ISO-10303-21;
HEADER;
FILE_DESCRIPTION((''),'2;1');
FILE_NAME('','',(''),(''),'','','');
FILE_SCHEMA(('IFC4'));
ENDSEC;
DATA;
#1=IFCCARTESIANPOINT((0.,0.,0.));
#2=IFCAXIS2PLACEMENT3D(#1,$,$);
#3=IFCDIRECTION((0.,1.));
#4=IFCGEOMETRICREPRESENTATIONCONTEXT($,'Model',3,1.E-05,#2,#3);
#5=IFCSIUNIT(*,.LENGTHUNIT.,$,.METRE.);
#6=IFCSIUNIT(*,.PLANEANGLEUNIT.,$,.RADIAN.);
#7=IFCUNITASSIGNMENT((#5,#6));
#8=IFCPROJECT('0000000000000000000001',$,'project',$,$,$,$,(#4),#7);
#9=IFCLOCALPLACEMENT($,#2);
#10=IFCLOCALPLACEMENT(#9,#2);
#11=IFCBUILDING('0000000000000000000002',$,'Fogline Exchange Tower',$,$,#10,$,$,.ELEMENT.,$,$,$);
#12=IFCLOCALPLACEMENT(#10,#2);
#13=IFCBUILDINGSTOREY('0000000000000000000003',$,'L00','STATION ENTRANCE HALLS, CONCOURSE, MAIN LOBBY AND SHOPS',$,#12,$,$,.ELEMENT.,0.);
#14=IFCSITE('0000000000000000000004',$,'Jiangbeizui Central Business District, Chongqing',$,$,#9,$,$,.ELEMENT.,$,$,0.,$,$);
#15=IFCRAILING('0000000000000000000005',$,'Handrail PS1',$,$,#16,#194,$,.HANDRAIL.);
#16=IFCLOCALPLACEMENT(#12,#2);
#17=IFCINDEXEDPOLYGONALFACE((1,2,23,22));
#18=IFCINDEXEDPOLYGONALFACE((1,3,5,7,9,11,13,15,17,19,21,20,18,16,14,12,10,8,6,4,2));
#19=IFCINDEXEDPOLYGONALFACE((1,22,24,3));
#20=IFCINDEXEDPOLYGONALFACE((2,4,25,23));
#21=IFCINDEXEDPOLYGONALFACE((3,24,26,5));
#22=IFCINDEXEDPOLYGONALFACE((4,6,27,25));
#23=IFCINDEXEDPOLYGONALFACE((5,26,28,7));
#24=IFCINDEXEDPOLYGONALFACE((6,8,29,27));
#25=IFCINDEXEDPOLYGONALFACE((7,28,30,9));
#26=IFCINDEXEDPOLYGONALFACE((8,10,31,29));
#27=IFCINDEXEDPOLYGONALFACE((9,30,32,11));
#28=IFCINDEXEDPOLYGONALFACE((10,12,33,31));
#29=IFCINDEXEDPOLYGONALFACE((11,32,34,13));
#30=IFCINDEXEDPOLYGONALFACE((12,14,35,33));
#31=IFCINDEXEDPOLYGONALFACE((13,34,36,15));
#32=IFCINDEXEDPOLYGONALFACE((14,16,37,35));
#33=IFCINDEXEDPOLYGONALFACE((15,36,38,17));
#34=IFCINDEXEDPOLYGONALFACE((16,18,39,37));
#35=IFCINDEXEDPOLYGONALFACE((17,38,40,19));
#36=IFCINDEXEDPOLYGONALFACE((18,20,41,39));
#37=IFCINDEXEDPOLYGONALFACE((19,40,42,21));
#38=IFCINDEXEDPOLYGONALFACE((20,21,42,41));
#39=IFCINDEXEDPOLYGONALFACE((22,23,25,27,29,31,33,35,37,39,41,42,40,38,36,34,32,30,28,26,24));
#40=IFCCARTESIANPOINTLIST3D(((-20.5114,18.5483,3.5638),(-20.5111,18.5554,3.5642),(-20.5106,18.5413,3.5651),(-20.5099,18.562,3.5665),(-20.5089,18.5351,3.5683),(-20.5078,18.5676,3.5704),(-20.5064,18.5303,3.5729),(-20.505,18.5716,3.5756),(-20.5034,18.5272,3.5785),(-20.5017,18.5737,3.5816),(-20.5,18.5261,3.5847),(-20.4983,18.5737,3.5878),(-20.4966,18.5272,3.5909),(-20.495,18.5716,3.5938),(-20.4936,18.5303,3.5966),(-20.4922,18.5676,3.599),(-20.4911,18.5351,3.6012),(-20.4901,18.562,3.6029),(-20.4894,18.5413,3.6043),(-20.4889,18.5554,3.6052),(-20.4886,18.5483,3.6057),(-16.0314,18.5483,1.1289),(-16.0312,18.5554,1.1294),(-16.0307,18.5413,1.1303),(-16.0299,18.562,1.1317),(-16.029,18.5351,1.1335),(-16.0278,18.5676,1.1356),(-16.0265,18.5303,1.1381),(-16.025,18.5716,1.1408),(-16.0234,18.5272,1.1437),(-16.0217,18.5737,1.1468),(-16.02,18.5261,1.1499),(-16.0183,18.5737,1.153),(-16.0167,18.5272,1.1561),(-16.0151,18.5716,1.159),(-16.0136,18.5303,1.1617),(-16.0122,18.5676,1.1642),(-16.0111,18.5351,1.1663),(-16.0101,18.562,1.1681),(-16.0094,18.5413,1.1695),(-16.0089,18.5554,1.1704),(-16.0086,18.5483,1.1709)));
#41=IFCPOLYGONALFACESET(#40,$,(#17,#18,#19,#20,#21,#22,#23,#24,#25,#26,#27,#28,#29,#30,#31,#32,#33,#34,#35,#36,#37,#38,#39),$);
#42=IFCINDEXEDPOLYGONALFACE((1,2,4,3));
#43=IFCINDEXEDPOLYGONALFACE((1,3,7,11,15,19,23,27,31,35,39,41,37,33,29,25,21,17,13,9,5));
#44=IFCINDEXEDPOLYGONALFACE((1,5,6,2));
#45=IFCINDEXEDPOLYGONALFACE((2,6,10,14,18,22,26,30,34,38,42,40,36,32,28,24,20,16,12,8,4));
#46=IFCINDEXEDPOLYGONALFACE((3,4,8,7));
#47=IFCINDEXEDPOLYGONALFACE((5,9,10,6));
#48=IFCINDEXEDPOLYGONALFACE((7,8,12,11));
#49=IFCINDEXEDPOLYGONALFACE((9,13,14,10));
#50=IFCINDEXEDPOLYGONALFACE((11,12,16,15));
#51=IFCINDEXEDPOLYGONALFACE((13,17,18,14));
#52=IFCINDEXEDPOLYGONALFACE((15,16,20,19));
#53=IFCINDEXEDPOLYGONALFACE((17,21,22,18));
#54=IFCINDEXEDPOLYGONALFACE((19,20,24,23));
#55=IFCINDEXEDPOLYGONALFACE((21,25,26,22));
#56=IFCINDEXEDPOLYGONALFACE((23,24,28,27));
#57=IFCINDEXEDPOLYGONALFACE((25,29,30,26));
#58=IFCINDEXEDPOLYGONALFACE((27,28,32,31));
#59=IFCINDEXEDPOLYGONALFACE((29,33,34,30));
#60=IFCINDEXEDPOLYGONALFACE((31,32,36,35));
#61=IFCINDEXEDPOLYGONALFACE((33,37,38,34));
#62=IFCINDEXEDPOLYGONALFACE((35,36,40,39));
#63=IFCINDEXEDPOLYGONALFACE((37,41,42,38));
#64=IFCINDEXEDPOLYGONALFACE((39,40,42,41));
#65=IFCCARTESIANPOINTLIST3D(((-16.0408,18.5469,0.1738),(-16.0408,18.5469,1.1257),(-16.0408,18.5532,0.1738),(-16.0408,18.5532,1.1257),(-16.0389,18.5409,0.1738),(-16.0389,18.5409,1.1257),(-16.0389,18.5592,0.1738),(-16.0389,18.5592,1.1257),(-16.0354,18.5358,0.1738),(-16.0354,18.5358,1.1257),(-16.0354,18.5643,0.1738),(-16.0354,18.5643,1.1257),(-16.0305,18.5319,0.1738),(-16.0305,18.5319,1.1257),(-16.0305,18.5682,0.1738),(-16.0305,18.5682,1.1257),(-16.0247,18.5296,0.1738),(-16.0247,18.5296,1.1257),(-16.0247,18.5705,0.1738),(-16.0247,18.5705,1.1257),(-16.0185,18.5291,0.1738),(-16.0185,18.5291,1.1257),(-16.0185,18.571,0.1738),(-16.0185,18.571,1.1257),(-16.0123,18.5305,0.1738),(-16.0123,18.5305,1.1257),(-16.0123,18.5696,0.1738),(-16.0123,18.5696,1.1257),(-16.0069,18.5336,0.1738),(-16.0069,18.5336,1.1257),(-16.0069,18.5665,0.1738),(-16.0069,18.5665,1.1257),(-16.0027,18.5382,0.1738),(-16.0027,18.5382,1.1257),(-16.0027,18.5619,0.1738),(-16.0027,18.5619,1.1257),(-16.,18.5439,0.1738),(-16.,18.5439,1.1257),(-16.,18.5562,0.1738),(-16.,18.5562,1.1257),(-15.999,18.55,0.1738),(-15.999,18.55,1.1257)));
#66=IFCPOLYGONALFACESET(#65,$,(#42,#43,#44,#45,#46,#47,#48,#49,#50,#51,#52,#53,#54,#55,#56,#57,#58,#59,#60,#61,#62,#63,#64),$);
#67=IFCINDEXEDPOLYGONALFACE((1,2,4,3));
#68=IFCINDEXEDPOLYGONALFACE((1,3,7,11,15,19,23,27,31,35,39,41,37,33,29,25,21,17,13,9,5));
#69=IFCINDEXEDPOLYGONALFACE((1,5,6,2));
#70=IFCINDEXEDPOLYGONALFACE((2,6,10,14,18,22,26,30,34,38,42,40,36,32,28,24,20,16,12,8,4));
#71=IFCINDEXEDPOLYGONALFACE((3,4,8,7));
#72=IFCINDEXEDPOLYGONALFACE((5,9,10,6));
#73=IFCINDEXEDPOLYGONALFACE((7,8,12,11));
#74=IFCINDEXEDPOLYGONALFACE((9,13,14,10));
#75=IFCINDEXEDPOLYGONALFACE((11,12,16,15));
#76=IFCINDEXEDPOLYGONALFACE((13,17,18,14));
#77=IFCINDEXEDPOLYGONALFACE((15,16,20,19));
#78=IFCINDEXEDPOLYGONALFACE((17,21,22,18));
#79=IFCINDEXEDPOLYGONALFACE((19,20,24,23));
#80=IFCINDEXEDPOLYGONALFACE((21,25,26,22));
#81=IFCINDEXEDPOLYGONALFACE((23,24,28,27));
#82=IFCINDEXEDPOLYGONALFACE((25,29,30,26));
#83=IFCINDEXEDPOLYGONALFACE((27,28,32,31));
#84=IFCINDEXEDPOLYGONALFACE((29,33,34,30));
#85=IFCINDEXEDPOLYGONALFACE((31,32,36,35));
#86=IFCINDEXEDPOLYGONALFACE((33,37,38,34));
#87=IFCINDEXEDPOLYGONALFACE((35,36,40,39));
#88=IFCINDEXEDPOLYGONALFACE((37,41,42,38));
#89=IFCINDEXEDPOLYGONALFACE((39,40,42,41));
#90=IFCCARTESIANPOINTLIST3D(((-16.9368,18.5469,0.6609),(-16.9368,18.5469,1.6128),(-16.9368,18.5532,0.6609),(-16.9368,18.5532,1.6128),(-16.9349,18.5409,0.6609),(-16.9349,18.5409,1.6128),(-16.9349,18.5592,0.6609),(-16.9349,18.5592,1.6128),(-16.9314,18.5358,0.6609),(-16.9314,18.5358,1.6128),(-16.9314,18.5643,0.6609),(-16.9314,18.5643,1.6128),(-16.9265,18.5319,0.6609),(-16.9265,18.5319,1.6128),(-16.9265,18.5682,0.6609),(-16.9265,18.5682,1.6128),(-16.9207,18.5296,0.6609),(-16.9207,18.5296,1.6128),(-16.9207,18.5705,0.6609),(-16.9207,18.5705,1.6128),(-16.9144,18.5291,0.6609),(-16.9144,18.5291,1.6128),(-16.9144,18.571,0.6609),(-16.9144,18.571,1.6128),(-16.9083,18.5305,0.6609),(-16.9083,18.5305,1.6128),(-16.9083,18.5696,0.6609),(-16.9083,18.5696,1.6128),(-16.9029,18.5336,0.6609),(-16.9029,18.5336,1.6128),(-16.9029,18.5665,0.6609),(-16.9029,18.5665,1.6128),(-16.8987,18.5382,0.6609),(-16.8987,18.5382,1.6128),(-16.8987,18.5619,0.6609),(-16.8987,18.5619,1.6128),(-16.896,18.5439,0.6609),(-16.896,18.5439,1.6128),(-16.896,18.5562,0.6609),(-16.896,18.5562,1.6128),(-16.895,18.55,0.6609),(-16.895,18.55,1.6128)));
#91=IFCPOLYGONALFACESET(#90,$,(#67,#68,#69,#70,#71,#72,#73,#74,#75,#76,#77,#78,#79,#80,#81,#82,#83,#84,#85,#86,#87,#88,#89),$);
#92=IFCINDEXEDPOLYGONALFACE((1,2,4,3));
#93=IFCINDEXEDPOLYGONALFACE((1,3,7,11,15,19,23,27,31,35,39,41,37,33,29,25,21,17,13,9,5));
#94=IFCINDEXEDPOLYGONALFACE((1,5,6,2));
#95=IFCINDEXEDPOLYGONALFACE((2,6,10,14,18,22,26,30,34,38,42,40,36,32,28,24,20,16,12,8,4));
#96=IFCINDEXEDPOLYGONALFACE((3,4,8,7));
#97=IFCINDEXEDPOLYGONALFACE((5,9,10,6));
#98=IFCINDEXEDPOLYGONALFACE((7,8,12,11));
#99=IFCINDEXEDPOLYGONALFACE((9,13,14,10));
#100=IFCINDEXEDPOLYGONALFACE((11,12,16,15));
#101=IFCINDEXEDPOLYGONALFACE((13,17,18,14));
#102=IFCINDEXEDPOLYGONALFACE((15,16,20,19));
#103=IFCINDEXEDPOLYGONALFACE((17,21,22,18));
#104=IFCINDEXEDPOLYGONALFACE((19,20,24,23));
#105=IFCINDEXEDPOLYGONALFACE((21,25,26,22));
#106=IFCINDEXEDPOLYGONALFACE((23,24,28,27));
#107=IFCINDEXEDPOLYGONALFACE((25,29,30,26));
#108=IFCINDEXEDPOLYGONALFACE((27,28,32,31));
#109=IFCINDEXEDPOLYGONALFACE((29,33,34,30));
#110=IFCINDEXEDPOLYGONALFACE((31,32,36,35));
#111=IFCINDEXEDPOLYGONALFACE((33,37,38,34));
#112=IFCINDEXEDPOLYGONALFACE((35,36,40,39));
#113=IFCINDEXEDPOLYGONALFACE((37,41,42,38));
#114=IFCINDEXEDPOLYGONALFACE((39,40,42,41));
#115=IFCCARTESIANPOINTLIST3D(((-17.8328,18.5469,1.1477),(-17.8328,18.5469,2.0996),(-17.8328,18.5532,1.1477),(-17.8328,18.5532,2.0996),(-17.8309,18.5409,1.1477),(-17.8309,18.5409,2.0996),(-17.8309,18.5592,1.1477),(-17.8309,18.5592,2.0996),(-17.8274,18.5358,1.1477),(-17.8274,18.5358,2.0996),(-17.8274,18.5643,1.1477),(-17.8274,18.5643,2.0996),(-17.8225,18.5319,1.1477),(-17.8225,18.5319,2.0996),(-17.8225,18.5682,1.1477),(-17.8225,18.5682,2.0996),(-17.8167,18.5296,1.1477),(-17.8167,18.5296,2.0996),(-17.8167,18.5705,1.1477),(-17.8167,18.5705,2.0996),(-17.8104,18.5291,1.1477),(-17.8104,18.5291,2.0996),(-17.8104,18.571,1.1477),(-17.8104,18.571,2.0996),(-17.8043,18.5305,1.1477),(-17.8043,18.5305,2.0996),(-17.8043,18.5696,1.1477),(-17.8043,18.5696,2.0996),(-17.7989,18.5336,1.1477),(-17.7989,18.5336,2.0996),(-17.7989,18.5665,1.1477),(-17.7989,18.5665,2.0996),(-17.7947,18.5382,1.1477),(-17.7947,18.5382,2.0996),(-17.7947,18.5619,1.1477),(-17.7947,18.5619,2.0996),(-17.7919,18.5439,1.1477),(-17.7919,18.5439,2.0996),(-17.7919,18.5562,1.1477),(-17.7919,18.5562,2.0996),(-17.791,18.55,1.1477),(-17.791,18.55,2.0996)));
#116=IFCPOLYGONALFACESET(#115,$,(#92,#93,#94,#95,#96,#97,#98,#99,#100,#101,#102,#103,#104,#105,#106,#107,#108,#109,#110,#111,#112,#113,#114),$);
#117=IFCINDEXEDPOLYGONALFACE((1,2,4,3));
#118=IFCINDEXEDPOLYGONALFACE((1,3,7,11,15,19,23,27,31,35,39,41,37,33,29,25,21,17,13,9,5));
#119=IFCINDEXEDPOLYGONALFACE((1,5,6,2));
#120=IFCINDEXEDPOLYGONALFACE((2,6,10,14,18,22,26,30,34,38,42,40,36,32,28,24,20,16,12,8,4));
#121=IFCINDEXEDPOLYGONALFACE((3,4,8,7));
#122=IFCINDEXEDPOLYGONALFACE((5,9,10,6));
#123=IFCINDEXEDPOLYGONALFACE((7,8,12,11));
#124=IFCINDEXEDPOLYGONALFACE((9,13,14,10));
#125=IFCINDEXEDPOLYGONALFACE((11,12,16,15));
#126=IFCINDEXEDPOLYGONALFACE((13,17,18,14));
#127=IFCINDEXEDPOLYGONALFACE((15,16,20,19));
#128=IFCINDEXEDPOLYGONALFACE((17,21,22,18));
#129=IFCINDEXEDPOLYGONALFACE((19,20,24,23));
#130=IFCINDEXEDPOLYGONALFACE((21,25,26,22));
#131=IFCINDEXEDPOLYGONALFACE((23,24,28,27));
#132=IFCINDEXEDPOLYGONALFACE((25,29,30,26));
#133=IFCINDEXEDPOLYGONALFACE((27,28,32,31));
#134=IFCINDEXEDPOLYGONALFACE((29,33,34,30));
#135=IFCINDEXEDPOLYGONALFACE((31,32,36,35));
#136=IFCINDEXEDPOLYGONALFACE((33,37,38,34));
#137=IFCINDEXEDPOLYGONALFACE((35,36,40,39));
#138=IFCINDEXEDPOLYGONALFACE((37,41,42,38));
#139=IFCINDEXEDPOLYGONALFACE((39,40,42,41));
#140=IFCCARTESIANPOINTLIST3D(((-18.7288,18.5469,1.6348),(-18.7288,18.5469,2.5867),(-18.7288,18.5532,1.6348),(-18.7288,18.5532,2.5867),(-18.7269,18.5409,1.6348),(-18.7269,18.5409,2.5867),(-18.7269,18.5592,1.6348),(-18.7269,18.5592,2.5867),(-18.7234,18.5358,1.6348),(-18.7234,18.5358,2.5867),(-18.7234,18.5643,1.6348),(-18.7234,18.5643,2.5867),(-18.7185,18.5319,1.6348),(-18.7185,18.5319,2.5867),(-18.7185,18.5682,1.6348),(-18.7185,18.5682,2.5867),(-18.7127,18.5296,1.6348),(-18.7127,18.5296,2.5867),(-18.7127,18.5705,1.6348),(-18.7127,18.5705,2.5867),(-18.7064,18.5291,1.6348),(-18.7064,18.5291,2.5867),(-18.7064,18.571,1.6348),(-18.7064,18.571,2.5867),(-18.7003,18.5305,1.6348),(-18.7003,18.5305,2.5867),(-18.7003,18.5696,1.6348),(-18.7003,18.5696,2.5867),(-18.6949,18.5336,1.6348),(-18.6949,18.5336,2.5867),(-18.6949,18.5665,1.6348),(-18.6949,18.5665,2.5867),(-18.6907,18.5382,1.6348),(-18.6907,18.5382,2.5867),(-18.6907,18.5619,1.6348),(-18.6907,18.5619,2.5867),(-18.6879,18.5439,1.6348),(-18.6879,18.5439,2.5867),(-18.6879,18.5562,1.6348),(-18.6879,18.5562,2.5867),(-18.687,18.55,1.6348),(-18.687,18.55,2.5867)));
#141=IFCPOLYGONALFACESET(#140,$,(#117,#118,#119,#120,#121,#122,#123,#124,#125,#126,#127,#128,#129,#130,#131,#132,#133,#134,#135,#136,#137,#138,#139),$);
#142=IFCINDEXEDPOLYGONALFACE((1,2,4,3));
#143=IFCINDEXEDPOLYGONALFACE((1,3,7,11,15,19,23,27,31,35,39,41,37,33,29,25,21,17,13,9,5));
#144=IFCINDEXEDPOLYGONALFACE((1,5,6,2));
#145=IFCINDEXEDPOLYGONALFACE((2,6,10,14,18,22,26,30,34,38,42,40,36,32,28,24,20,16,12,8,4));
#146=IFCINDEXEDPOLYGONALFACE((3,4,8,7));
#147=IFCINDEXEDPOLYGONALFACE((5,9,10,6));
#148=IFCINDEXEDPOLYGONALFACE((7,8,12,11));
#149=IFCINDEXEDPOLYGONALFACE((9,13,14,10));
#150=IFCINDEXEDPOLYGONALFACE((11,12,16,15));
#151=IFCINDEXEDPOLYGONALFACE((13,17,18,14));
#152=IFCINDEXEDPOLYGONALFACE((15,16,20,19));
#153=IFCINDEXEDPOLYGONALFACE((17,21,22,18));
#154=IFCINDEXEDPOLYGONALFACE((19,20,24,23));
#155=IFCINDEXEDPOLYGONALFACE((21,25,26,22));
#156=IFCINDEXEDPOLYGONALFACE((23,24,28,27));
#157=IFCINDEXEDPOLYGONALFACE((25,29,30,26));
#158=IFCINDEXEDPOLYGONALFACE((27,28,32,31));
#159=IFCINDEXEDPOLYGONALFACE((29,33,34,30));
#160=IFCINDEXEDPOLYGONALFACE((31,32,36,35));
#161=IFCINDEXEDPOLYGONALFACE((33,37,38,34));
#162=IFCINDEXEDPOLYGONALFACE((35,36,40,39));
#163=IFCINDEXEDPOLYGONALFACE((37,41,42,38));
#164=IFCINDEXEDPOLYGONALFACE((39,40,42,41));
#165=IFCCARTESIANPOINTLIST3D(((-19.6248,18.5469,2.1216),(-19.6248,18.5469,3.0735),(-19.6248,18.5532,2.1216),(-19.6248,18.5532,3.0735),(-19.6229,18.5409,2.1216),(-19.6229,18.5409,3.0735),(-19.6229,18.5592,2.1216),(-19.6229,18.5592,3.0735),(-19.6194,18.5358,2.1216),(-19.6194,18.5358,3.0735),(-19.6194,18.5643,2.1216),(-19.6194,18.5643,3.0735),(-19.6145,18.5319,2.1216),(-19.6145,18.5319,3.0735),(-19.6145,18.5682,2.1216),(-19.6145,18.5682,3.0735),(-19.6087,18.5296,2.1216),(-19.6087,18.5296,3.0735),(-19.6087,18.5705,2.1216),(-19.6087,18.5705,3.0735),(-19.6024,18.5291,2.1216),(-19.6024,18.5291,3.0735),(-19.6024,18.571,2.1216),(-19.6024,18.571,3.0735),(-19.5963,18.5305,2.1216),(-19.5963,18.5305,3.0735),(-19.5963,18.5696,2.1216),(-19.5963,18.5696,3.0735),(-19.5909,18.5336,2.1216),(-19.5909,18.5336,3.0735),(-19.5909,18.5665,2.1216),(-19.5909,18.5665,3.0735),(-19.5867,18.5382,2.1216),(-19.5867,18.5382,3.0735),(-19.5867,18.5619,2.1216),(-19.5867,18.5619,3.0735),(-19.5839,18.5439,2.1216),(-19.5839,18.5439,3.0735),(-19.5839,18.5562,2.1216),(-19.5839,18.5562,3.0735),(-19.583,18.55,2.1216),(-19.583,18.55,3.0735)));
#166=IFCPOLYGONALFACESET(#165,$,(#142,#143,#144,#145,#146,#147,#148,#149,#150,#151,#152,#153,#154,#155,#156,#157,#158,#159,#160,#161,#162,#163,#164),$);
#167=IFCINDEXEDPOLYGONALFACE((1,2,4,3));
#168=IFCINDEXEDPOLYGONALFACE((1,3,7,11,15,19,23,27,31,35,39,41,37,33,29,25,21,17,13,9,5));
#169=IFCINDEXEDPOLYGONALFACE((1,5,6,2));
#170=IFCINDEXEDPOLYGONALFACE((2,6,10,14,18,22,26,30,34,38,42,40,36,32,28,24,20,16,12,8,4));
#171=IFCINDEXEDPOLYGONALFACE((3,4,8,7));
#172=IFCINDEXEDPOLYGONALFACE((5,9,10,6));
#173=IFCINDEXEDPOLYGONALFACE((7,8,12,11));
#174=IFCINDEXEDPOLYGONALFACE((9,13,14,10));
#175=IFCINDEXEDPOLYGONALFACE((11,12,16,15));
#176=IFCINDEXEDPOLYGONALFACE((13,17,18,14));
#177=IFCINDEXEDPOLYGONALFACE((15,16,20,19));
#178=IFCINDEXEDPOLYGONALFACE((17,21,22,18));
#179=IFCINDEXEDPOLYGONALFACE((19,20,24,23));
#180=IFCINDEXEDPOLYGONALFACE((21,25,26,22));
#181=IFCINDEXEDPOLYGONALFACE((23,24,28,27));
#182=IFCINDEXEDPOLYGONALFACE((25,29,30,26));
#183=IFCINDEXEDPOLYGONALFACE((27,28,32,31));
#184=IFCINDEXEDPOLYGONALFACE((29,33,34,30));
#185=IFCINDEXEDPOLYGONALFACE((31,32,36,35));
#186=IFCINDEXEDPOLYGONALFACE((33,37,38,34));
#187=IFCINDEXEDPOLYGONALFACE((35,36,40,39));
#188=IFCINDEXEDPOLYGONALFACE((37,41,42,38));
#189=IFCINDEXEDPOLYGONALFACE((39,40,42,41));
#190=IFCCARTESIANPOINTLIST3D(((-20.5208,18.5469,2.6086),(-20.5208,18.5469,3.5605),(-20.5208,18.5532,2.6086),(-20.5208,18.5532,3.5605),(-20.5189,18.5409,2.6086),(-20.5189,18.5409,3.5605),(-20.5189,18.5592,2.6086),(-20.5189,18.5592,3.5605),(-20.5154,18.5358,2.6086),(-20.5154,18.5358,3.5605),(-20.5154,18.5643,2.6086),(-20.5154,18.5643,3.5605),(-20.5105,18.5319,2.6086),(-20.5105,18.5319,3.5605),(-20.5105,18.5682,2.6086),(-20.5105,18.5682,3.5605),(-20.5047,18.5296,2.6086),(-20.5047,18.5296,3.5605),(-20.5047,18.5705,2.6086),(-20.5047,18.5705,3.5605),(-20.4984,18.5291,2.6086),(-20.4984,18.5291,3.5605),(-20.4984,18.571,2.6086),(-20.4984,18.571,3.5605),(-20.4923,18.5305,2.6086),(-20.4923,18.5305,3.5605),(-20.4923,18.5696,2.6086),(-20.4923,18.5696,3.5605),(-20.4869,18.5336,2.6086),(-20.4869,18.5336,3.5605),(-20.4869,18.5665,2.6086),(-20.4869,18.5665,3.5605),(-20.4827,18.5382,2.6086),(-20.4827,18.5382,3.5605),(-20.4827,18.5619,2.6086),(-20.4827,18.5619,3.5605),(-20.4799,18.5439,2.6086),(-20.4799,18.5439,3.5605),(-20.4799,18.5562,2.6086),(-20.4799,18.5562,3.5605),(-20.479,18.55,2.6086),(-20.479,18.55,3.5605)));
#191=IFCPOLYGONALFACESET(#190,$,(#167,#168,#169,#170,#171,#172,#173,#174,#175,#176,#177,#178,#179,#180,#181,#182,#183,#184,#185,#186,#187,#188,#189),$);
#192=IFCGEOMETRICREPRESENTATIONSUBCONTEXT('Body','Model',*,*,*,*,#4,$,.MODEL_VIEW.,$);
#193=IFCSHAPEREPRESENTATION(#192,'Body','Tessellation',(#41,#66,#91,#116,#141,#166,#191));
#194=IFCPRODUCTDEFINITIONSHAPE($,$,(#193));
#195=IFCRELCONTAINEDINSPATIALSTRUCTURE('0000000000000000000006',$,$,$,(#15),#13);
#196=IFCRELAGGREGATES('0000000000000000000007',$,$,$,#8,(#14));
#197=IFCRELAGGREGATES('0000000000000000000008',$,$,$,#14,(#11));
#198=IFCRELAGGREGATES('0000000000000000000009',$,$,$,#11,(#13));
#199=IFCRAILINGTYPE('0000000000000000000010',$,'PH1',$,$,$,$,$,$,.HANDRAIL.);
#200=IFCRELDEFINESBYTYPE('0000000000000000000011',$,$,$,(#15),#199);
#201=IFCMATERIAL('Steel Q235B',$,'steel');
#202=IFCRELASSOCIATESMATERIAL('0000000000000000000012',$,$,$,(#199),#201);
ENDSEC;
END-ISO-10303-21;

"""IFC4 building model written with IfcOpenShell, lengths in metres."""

from ifc_helpers import new_model, si_unit, direction, frame, origin, origin_2d, place, context, subcontext, project, spatial, circle, extrude, material, type_object, element, save


model = new_model("IFC4")

# Units and contexts
model_context = context("Model", 3, precision=1e-05, world=origin(), true_north=direction((0.0, 1.0)))
body_context = subcontext(model_context, "Body", "Model", "MODEL_VIEW")
ifc_project = project(units=[si_unit("LENGTHUNIT", "METRE"), si_unit("PLANEANGLEUNIT", "RADIAN")], contexts=[model_context])

# Site, building, storey
site_placement = place(None, origin())
site = spatial("IfcSite", under=ifc_project, at=site_placement, Name="Jiangbeizui Central Business District, Chongqing", CompositionType="ELEMENT", RefElevation=0.0)
building_placement = place(site_placement, origin())
building = spatial("IfcBuilding", under=site, at=building_placement, Name="Fogline Exchange Tower", CompositionType="ELEMENT")
storey_placement = place(building_placement, origin())
storey = spatial("IfcBuildingStorey", under=building, at=storey_placement, Name="L00", Description="STATION ENTRANCE HALLS, CONCOURSE, MAIN LOBBY AND SHOPS", CompositionType="ELEMENT", Elevation=0.0)

# Shared definitions
ifc_material_1 = material(Name="Steel Q235B", Category="steel")

# Railing
railing_type_1 = type_object("IfcRailingType", Name="PH1", PredefinedType="HANDRAIL", material=ifc_material_1)
for number, where, name in (
    (1, (-16.02, 18.55, 0.1738), "Handrail PS1"),
):
    element("IfcRailing", number, at=place(storey_placement, frame(where)), inside=storey, type_object=railing_type_1, Name=name, PredefinedType="HANDRAIL", context=body_context, shape_type="SweptSolid", body=[
        extrude(circle(Radius=0.0239, at=origin_2d()), frame((0.0, 0.0, 0.9761), z_axis=(-0.878621, 0.0, 0.47752), x_axis=(0.0, -1.0, 0.0)), (0.0, 0.0, 1.0), 5.0989),
        extrude(circle(Radius=0.021, at=origin_2d()), origin(), (0.0, 0.0, 1.0), 0.9519),
        extrude(circle(Radius=0.021, at=origin_2d()), frame((-0.896, 0.0, 0.4871)), (0.0, 0.0, 1.0), 0.9519),
        extrude(circle(Radius=0.021, at=origin_2d()), frame((-1.792, 0.0, 0.9739)), (0.0, 0.0, 1.0), 0.9519),
        extrude(circle(Radius=0.021, at=origin_2d()), frame((-2.688, 0.0, 1.4609)), (0.0, 0.0, 1.0), 0.9519),
        extrude(circle(Radius=0.021, at=origin_2d()), frame((-3.584, 0.0, 1.9478)), (0.0, 0.0, 1.0), 0.9519),
        extrude(circle(Radius=0.021, at=origin_2d()), frame((-4.48, 0.0, 2.4348)), (0.0, 0.0, 1.0), 0.9519),
    ])

save(model, "model.ifc")
